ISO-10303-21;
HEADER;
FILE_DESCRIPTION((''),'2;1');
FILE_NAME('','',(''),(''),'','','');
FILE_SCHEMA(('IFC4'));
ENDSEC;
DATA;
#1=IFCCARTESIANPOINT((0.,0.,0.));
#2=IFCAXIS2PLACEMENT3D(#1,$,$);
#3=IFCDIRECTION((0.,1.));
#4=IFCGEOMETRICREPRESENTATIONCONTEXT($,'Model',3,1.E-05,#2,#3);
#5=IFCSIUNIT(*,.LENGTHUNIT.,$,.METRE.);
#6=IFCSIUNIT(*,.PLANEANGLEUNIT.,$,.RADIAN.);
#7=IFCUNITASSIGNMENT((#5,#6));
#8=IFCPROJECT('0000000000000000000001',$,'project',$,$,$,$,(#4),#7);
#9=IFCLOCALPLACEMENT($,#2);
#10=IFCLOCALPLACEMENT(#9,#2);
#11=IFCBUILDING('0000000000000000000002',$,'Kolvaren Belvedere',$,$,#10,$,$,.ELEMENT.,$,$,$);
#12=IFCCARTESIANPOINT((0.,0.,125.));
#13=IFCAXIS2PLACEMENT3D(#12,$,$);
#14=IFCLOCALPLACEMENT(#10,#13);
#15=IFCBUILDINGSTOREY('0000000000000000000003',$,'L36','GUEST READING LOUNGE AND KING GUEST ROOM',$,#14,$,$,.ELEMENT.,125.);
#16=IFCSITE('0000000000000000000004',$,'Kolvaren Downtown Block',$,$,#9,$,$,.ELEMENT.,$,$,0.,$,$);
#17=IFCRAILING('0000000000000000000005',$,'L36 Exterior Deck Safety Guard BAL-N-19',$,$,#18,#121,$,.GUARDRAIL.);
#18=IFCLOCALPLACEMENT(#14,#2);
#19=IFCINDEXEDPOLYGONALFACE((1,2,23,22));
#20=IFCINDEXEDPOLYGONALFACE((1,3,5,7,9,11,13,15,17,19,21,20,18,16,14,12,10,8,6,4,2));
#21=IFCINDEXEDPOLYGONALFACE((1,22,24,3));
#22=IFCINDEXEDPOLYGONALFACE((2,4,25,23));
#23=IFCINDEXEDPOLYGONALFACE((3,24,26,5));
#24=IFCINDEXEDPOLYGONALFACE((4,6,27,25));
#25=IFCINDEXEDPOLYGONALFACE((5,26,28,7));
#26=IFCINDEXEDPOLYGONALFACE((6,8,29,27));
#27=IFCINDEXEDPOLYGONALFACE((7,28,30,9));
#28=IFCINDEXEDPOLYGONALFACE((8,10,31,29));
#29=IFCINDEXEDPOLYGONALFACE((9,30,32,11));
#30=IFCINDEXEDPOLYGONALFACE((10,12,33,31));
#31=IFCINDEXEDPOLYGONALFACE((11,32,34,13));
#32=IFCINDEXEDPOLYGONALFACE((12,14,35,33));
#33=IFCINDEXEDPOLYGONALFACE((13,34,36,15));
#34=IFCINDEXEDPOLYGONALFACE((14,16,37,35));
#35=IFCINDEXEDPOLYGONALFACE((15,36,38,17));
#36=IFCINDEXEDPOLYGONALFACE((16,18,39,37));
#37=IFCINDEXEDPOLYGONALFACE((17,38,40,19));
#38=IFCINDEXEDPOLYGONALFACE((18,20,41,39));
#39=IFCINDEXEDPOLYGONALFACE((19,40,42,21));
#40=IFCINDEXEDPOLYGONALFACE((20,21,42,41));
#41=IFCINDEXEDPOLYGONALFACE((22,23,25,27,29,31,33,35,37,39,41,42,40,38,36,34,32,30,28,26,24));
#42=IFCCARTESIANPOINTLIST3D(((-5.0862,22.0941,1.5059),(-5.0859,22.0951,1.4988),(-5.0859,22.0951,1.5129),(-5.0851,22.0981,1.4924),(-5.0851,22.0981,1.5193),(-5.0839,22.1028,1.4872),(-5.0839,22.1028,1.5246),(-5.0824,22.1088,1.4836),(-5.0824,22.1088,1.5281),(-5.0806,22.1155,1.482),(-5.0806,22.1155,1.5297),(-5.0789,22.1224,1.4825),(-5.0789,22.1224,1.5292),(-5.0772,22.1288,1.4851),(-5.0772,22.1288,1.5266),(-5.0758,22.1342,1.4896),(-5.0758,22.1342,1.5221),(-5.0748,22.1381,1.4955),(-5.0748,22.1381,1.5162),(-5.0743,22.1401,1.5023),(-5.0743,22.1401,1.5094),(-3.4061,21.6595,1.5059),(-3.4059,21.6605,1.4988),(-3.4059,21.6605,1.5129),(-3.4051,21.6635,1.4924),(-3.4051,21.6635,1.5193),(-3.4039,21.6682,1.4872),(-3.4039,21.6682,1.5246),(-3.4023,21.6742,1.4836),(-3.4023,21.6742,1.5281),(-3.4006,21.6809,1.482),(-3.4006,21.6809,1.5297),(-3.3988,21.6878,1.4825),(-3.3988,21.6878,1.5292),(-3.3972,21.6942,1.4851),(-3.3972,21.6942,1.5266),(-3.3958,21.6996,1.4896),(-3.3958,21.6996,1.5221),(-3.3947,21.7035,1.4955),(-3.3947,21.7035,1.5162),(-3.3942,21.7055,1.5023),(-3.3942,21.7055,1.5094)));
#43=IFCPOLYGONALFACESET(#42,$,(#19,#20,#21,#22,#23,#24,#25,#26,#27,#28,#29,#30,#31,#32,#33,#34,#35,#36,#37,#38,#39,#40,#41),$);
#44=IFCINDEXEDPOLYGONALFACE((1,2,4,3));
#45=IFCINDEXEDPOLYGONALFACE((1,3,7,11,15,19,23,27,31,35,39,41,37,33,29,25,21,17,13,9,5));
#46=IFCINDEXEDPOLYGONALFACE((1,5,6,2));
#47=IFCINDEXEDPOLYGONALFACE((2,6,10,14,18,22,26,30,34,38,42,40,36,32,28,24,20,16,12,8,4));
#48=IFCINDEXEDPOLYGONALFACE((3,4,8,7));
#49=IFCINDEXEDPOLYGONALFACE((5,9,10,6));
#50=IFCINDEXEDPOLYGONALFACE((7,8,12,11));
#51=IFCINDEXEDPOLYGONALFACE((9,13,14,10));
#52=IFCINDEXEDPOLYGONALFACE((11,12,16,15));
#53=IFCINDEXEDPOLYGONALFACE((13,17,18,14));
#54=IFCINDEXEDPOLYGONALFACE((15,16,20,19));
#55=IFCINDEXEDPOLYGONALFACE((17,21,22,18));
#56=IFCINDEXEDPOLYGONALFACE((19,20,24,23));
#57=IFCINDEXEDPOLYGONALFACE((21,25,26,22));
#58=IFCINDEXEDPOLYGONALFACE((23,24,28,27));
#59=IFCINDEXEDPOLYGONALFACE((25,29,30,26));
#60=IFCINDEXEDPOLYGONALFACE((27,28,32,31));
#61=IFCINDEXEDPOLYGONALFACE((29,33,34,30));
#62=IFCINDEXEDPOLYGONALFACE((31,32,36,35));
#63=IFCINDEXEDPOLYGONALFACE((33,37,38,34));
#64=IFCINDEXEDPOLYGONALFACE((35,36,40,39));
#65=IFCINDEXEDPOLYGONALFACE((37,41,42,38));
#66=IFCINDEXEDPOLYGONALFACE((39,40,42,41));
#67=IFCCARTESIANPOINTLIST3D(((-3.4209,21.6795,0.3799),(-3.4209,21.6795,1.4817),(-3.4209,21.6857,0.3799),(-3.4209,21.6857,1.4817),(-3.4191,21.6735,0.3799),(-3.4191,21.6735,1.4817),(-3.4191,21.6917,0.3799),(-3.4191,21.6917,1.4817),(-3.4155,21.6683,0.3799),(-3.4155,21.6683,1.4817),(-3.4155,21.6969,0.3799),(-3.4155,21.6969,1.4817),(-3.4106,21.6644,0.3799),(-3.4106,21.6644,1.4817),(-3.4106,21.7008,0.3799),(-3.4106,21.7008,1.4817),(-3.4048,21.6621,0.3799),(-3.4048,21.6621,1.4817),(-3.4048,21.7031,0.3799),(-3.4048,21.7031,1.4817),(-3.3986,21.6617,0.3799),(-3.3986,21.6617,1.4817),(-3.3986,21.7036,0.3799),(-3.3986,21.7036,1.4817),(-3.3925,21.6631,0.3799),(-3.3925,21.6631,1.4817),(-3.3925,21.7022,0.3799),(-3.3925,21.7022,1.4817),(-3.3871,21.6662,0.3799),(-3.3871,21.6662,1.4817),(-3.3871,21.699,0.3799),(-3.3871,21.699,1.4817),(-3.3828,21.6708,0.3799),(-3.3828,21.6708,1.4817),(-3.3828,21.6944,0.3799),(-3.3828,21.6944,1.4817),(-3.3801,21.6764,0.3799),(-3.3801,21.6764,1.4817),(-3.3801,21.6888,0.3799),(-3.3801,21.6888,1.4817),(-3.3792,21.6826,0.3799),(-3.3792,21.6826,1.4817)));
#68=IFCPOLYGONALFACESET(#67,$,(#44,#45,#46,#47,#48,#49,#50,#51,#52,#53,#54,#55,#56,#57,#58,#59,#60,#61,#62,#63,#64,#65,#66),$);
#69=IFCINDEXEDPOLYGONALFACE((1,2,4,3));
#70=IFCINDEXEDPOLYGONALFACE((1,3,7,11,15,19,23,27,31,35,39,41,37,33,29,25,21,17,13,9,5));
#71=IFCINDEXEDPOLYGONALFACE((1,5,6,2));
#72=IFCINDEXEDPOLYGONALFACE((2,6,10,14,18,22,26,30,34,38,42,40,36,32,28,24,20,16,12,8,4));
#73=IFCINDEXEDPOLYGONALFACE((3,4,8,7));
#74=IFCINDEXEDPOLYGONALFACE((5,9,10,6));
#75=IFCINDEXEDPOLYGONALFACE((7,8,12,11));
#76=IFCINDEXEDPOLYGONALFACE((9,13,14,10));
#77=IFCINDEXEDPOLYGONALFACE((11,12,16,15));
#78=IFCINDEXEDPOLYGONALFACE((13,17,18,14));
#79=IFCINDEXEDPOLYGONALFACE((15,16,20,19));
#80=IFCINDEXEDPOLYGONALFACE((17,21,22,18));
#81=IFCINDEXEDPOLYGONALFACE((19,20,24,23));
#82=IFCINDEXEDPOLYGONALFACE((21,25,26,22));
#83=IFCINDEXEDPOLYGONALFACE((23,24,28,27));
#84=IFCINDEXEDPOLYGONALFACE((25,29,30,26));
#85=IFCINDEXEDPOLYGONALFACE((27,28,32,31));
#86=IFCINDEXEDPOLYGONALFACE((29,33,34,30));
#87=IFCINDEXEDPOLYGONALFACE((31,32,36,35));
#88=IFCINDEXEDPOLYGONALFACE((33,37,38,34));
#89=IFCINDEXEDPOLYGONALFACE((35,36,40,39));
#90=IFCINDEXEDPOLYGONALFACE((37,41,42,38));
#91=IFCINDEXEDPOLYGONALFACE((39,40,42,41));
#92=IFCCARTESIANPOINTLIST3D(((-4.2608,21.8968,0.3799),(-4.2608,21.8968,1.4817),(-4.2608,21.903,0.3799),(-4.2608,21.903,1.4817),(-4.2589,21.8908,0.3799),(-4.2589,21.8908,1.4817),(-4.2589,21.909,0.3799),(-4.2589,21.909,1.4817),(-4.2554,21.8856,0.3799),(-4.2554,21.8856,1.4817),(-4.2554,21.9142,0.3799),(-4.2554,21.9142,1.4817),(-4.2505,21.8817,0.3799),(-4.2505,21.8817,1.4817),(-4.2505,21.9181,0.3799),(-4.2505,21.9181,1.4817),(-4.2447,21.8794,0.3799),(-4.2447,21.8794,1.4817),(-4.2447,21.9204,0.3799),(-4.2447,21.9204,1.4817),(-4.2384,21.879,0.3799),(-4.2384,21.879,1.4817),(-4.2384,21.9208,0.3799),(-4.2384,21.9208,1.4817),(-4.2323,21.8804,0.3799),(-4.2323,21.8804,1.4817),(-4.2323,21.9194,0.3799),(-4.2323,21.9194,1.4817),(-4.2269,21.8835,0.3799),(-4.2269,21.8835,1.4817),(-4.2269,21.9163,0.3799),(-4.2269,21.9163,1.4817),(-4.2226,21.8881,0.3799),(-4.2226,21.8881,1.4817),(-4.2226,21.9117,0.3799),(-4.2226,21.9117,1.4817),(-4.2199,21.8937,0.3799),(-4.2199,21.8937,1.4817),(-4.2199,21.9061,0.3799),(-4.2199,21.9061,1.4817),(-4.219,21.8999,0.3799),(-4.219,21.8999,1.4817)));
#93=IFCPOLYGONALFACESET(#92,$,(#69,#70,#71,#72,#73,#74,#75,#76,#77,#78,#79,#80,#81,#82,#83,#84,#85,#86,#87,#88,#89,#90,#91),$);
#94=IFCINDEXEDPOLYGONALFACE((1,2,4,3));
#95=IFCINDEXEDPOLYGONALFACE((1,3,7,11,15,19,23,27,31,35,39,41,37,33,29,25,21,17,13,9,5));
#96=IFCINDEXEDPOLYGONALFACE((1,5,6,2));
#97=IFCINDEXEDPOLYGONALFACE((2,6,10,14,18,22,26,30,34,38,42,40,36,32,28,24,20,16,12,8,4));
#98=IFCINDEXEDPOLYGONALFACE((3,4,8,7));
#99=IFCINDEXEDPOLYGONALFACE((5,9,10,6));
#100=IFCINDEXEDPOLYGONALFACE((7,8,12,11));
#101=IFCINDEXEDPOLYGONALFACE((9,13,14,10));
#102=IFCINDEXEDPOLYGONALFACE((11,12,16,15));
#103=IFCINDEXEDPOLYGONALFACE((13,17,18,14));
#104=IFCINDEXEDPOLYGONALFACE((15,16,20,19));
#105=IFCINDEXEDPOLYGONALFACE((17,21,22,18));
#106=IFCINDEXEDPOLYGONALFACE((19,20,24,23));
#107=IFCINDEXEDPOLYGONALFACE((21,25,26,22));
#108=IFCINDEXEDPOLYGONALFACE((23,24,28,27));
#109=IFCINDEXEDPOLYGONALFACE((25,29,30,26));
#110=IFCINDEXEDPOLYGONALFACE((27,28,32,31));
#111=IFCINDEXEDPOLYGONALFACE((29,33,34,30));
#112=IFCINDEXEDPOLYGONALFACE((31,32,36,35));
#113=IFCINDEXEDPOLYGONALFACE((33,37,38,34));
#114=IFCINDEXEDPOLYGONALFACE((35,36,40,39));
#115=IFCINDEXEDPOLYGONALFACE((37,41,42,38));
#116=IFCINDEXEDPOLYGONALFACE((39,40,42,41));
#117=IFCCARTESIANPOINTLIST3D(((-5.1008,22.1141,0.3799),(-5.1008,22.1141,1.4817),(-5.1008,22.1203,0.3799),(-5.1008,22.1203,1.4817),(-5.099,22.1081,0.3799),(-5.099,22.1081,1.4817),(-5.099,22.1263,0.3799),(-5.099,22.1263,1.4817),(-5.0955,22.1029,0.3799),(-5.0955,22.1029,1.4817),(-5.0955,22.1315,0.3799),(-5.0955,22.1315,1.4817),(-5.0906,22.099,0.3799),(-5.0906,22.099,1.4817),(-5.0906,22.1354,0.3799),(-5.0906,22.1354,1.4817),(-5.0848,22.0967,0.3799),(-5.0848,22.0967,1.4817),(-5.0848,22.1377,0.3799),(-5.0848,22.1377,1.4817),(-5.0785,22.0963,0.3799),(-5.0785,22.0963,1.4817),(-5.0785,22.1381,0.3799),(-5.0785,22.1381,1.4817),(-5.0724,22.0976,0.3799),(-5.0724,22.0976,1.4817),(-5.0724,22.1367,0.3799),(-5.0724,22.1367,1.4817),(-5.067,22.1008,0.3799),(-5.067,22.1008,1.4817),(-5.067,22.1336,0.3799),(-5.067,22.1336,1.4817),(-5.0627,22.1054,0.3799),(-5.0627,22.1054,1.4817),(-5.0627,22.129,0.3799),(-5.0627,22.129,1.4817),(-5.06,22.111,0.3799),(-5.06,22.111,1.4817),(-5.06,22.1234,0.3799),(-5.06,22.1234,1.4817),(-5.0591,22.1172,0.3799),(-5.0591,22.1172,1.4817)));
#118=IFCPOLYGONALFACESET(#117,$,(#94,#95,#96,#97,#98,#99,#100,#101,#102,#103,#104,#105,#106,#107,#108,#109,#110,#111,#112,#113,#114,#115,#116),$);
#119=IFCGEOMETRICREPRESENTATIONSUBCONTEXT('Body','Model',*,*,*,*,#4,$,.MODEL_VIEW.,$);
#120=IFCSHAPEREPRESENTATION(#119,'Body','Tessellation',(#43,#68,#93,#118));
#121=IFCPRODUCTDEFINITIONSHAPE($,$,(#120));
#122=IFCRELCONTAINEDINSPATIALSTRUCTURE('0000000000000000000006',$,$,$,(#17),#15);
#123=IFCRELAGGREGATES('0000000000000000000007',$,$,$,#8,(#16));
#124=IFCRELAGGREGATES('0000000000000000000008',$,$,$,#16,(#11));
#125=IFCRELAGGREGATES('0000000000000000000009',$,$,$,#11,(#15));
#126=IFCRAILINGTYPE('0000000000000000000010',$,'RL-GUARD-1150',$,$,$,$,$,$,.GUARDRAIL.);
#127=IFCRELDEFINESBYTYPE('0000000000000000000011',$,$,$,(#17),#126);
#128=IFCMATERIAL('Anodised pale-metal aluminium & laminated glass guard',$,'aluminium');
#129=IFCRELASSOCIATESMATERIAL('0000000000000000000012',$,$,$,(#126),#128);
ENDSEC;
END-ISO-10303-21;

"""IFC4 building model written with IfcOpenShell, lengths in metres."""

from ifc_helpers import new_model, si_unit, direction, frame, origin, origin_2d, place, context, subcontext, project, spatial, circle, extrude, material, type_object, element, save


model = new_model("IFC4")

# Units and contexts
model_context = context("Model", 3, precision=1e-05, world=origin(), true_north=direction((0.0, 1.0)))
body_context = subcontext(model_context, "Body", "Model", "MODEL_VIEW")
ifc_project = project(units=[si_unit("LENGTHUNIT", "METRE"), si_unit("PLANEANGLEUNIT", "RADIAN")], contexts=[model_context])

# Site, building, storey
site_placement = place(None, origin())
site = spatial("IfcSite", under=ifc_project, at=site_placement, Name="Kolvaren Downtown Block", CompositionType="ELEMENT", RefElevation=0.0)
building_placement = place(site_placement, origin())
building = spatial("IfcBuilding", under=site, at=building_placement, Name="Kolvaren Belvedere", CompositionType="ELEMENT")
storey_placement = place(building_placement, frame((0.0, 0.0, 125.0)))
storey = spatial("IfcBuildingStorey", under=building, at=storey_placement, Name="L36", Description="GUEST READING LOUNGE AND KING GUEST ROOM", CompositionType="ELEMENT", Elevation=125.0)

# Railing
ifc_material_1 = material(Name="Anodised pale-metal aluminium & laminated glass guard", Category="aluminium")
railing_type = type_object("IfcRailingType", Name="RL-GUARD-1150", PredefinedType="GUARDRAIL", material=ifc_material_1)
railing_1_placement = place(storey_placement, frame((-3.4001, 21.6826, 0.3799)))
element("IfcRailing", 1, at=railing_1_placement, inside=storey, type_object=railing_type, Name="L36 Exterior Deck Safety Guard BAL-N-19", PredefinedType="GUARDRAIL", context=body_context, shape_type="SweptSolid", body=[
    extrude(circle(Radius=0.0239, at=origin_2d()), frame((0.0, 0.0, 1.126), z_axis=(-0.968132, 0.25044, 0.0), x_axis=(-0.25044, -0.968132, 0.0)), (0.0, 0.0, 1.0), 1.7354),
    extrude(circle(Radius=0.021, at=origin_2d()), origin(), (0.0, 0.0, 1.0), 1.1018),
    extrude(circle(Radius=0.021, at=origin_2d()), frame((-0.8398, 0.2173, 0.0)), (0.0, 0.0, 1.0), 1.1018),
    extrude(circle(Radius=0.021, at=origin_2d()), frame((-1.6799, 0.4346, 0.0)), (0.0, 0.0, 1.0), 1.1018),
])

save(model, "model.ifc")
